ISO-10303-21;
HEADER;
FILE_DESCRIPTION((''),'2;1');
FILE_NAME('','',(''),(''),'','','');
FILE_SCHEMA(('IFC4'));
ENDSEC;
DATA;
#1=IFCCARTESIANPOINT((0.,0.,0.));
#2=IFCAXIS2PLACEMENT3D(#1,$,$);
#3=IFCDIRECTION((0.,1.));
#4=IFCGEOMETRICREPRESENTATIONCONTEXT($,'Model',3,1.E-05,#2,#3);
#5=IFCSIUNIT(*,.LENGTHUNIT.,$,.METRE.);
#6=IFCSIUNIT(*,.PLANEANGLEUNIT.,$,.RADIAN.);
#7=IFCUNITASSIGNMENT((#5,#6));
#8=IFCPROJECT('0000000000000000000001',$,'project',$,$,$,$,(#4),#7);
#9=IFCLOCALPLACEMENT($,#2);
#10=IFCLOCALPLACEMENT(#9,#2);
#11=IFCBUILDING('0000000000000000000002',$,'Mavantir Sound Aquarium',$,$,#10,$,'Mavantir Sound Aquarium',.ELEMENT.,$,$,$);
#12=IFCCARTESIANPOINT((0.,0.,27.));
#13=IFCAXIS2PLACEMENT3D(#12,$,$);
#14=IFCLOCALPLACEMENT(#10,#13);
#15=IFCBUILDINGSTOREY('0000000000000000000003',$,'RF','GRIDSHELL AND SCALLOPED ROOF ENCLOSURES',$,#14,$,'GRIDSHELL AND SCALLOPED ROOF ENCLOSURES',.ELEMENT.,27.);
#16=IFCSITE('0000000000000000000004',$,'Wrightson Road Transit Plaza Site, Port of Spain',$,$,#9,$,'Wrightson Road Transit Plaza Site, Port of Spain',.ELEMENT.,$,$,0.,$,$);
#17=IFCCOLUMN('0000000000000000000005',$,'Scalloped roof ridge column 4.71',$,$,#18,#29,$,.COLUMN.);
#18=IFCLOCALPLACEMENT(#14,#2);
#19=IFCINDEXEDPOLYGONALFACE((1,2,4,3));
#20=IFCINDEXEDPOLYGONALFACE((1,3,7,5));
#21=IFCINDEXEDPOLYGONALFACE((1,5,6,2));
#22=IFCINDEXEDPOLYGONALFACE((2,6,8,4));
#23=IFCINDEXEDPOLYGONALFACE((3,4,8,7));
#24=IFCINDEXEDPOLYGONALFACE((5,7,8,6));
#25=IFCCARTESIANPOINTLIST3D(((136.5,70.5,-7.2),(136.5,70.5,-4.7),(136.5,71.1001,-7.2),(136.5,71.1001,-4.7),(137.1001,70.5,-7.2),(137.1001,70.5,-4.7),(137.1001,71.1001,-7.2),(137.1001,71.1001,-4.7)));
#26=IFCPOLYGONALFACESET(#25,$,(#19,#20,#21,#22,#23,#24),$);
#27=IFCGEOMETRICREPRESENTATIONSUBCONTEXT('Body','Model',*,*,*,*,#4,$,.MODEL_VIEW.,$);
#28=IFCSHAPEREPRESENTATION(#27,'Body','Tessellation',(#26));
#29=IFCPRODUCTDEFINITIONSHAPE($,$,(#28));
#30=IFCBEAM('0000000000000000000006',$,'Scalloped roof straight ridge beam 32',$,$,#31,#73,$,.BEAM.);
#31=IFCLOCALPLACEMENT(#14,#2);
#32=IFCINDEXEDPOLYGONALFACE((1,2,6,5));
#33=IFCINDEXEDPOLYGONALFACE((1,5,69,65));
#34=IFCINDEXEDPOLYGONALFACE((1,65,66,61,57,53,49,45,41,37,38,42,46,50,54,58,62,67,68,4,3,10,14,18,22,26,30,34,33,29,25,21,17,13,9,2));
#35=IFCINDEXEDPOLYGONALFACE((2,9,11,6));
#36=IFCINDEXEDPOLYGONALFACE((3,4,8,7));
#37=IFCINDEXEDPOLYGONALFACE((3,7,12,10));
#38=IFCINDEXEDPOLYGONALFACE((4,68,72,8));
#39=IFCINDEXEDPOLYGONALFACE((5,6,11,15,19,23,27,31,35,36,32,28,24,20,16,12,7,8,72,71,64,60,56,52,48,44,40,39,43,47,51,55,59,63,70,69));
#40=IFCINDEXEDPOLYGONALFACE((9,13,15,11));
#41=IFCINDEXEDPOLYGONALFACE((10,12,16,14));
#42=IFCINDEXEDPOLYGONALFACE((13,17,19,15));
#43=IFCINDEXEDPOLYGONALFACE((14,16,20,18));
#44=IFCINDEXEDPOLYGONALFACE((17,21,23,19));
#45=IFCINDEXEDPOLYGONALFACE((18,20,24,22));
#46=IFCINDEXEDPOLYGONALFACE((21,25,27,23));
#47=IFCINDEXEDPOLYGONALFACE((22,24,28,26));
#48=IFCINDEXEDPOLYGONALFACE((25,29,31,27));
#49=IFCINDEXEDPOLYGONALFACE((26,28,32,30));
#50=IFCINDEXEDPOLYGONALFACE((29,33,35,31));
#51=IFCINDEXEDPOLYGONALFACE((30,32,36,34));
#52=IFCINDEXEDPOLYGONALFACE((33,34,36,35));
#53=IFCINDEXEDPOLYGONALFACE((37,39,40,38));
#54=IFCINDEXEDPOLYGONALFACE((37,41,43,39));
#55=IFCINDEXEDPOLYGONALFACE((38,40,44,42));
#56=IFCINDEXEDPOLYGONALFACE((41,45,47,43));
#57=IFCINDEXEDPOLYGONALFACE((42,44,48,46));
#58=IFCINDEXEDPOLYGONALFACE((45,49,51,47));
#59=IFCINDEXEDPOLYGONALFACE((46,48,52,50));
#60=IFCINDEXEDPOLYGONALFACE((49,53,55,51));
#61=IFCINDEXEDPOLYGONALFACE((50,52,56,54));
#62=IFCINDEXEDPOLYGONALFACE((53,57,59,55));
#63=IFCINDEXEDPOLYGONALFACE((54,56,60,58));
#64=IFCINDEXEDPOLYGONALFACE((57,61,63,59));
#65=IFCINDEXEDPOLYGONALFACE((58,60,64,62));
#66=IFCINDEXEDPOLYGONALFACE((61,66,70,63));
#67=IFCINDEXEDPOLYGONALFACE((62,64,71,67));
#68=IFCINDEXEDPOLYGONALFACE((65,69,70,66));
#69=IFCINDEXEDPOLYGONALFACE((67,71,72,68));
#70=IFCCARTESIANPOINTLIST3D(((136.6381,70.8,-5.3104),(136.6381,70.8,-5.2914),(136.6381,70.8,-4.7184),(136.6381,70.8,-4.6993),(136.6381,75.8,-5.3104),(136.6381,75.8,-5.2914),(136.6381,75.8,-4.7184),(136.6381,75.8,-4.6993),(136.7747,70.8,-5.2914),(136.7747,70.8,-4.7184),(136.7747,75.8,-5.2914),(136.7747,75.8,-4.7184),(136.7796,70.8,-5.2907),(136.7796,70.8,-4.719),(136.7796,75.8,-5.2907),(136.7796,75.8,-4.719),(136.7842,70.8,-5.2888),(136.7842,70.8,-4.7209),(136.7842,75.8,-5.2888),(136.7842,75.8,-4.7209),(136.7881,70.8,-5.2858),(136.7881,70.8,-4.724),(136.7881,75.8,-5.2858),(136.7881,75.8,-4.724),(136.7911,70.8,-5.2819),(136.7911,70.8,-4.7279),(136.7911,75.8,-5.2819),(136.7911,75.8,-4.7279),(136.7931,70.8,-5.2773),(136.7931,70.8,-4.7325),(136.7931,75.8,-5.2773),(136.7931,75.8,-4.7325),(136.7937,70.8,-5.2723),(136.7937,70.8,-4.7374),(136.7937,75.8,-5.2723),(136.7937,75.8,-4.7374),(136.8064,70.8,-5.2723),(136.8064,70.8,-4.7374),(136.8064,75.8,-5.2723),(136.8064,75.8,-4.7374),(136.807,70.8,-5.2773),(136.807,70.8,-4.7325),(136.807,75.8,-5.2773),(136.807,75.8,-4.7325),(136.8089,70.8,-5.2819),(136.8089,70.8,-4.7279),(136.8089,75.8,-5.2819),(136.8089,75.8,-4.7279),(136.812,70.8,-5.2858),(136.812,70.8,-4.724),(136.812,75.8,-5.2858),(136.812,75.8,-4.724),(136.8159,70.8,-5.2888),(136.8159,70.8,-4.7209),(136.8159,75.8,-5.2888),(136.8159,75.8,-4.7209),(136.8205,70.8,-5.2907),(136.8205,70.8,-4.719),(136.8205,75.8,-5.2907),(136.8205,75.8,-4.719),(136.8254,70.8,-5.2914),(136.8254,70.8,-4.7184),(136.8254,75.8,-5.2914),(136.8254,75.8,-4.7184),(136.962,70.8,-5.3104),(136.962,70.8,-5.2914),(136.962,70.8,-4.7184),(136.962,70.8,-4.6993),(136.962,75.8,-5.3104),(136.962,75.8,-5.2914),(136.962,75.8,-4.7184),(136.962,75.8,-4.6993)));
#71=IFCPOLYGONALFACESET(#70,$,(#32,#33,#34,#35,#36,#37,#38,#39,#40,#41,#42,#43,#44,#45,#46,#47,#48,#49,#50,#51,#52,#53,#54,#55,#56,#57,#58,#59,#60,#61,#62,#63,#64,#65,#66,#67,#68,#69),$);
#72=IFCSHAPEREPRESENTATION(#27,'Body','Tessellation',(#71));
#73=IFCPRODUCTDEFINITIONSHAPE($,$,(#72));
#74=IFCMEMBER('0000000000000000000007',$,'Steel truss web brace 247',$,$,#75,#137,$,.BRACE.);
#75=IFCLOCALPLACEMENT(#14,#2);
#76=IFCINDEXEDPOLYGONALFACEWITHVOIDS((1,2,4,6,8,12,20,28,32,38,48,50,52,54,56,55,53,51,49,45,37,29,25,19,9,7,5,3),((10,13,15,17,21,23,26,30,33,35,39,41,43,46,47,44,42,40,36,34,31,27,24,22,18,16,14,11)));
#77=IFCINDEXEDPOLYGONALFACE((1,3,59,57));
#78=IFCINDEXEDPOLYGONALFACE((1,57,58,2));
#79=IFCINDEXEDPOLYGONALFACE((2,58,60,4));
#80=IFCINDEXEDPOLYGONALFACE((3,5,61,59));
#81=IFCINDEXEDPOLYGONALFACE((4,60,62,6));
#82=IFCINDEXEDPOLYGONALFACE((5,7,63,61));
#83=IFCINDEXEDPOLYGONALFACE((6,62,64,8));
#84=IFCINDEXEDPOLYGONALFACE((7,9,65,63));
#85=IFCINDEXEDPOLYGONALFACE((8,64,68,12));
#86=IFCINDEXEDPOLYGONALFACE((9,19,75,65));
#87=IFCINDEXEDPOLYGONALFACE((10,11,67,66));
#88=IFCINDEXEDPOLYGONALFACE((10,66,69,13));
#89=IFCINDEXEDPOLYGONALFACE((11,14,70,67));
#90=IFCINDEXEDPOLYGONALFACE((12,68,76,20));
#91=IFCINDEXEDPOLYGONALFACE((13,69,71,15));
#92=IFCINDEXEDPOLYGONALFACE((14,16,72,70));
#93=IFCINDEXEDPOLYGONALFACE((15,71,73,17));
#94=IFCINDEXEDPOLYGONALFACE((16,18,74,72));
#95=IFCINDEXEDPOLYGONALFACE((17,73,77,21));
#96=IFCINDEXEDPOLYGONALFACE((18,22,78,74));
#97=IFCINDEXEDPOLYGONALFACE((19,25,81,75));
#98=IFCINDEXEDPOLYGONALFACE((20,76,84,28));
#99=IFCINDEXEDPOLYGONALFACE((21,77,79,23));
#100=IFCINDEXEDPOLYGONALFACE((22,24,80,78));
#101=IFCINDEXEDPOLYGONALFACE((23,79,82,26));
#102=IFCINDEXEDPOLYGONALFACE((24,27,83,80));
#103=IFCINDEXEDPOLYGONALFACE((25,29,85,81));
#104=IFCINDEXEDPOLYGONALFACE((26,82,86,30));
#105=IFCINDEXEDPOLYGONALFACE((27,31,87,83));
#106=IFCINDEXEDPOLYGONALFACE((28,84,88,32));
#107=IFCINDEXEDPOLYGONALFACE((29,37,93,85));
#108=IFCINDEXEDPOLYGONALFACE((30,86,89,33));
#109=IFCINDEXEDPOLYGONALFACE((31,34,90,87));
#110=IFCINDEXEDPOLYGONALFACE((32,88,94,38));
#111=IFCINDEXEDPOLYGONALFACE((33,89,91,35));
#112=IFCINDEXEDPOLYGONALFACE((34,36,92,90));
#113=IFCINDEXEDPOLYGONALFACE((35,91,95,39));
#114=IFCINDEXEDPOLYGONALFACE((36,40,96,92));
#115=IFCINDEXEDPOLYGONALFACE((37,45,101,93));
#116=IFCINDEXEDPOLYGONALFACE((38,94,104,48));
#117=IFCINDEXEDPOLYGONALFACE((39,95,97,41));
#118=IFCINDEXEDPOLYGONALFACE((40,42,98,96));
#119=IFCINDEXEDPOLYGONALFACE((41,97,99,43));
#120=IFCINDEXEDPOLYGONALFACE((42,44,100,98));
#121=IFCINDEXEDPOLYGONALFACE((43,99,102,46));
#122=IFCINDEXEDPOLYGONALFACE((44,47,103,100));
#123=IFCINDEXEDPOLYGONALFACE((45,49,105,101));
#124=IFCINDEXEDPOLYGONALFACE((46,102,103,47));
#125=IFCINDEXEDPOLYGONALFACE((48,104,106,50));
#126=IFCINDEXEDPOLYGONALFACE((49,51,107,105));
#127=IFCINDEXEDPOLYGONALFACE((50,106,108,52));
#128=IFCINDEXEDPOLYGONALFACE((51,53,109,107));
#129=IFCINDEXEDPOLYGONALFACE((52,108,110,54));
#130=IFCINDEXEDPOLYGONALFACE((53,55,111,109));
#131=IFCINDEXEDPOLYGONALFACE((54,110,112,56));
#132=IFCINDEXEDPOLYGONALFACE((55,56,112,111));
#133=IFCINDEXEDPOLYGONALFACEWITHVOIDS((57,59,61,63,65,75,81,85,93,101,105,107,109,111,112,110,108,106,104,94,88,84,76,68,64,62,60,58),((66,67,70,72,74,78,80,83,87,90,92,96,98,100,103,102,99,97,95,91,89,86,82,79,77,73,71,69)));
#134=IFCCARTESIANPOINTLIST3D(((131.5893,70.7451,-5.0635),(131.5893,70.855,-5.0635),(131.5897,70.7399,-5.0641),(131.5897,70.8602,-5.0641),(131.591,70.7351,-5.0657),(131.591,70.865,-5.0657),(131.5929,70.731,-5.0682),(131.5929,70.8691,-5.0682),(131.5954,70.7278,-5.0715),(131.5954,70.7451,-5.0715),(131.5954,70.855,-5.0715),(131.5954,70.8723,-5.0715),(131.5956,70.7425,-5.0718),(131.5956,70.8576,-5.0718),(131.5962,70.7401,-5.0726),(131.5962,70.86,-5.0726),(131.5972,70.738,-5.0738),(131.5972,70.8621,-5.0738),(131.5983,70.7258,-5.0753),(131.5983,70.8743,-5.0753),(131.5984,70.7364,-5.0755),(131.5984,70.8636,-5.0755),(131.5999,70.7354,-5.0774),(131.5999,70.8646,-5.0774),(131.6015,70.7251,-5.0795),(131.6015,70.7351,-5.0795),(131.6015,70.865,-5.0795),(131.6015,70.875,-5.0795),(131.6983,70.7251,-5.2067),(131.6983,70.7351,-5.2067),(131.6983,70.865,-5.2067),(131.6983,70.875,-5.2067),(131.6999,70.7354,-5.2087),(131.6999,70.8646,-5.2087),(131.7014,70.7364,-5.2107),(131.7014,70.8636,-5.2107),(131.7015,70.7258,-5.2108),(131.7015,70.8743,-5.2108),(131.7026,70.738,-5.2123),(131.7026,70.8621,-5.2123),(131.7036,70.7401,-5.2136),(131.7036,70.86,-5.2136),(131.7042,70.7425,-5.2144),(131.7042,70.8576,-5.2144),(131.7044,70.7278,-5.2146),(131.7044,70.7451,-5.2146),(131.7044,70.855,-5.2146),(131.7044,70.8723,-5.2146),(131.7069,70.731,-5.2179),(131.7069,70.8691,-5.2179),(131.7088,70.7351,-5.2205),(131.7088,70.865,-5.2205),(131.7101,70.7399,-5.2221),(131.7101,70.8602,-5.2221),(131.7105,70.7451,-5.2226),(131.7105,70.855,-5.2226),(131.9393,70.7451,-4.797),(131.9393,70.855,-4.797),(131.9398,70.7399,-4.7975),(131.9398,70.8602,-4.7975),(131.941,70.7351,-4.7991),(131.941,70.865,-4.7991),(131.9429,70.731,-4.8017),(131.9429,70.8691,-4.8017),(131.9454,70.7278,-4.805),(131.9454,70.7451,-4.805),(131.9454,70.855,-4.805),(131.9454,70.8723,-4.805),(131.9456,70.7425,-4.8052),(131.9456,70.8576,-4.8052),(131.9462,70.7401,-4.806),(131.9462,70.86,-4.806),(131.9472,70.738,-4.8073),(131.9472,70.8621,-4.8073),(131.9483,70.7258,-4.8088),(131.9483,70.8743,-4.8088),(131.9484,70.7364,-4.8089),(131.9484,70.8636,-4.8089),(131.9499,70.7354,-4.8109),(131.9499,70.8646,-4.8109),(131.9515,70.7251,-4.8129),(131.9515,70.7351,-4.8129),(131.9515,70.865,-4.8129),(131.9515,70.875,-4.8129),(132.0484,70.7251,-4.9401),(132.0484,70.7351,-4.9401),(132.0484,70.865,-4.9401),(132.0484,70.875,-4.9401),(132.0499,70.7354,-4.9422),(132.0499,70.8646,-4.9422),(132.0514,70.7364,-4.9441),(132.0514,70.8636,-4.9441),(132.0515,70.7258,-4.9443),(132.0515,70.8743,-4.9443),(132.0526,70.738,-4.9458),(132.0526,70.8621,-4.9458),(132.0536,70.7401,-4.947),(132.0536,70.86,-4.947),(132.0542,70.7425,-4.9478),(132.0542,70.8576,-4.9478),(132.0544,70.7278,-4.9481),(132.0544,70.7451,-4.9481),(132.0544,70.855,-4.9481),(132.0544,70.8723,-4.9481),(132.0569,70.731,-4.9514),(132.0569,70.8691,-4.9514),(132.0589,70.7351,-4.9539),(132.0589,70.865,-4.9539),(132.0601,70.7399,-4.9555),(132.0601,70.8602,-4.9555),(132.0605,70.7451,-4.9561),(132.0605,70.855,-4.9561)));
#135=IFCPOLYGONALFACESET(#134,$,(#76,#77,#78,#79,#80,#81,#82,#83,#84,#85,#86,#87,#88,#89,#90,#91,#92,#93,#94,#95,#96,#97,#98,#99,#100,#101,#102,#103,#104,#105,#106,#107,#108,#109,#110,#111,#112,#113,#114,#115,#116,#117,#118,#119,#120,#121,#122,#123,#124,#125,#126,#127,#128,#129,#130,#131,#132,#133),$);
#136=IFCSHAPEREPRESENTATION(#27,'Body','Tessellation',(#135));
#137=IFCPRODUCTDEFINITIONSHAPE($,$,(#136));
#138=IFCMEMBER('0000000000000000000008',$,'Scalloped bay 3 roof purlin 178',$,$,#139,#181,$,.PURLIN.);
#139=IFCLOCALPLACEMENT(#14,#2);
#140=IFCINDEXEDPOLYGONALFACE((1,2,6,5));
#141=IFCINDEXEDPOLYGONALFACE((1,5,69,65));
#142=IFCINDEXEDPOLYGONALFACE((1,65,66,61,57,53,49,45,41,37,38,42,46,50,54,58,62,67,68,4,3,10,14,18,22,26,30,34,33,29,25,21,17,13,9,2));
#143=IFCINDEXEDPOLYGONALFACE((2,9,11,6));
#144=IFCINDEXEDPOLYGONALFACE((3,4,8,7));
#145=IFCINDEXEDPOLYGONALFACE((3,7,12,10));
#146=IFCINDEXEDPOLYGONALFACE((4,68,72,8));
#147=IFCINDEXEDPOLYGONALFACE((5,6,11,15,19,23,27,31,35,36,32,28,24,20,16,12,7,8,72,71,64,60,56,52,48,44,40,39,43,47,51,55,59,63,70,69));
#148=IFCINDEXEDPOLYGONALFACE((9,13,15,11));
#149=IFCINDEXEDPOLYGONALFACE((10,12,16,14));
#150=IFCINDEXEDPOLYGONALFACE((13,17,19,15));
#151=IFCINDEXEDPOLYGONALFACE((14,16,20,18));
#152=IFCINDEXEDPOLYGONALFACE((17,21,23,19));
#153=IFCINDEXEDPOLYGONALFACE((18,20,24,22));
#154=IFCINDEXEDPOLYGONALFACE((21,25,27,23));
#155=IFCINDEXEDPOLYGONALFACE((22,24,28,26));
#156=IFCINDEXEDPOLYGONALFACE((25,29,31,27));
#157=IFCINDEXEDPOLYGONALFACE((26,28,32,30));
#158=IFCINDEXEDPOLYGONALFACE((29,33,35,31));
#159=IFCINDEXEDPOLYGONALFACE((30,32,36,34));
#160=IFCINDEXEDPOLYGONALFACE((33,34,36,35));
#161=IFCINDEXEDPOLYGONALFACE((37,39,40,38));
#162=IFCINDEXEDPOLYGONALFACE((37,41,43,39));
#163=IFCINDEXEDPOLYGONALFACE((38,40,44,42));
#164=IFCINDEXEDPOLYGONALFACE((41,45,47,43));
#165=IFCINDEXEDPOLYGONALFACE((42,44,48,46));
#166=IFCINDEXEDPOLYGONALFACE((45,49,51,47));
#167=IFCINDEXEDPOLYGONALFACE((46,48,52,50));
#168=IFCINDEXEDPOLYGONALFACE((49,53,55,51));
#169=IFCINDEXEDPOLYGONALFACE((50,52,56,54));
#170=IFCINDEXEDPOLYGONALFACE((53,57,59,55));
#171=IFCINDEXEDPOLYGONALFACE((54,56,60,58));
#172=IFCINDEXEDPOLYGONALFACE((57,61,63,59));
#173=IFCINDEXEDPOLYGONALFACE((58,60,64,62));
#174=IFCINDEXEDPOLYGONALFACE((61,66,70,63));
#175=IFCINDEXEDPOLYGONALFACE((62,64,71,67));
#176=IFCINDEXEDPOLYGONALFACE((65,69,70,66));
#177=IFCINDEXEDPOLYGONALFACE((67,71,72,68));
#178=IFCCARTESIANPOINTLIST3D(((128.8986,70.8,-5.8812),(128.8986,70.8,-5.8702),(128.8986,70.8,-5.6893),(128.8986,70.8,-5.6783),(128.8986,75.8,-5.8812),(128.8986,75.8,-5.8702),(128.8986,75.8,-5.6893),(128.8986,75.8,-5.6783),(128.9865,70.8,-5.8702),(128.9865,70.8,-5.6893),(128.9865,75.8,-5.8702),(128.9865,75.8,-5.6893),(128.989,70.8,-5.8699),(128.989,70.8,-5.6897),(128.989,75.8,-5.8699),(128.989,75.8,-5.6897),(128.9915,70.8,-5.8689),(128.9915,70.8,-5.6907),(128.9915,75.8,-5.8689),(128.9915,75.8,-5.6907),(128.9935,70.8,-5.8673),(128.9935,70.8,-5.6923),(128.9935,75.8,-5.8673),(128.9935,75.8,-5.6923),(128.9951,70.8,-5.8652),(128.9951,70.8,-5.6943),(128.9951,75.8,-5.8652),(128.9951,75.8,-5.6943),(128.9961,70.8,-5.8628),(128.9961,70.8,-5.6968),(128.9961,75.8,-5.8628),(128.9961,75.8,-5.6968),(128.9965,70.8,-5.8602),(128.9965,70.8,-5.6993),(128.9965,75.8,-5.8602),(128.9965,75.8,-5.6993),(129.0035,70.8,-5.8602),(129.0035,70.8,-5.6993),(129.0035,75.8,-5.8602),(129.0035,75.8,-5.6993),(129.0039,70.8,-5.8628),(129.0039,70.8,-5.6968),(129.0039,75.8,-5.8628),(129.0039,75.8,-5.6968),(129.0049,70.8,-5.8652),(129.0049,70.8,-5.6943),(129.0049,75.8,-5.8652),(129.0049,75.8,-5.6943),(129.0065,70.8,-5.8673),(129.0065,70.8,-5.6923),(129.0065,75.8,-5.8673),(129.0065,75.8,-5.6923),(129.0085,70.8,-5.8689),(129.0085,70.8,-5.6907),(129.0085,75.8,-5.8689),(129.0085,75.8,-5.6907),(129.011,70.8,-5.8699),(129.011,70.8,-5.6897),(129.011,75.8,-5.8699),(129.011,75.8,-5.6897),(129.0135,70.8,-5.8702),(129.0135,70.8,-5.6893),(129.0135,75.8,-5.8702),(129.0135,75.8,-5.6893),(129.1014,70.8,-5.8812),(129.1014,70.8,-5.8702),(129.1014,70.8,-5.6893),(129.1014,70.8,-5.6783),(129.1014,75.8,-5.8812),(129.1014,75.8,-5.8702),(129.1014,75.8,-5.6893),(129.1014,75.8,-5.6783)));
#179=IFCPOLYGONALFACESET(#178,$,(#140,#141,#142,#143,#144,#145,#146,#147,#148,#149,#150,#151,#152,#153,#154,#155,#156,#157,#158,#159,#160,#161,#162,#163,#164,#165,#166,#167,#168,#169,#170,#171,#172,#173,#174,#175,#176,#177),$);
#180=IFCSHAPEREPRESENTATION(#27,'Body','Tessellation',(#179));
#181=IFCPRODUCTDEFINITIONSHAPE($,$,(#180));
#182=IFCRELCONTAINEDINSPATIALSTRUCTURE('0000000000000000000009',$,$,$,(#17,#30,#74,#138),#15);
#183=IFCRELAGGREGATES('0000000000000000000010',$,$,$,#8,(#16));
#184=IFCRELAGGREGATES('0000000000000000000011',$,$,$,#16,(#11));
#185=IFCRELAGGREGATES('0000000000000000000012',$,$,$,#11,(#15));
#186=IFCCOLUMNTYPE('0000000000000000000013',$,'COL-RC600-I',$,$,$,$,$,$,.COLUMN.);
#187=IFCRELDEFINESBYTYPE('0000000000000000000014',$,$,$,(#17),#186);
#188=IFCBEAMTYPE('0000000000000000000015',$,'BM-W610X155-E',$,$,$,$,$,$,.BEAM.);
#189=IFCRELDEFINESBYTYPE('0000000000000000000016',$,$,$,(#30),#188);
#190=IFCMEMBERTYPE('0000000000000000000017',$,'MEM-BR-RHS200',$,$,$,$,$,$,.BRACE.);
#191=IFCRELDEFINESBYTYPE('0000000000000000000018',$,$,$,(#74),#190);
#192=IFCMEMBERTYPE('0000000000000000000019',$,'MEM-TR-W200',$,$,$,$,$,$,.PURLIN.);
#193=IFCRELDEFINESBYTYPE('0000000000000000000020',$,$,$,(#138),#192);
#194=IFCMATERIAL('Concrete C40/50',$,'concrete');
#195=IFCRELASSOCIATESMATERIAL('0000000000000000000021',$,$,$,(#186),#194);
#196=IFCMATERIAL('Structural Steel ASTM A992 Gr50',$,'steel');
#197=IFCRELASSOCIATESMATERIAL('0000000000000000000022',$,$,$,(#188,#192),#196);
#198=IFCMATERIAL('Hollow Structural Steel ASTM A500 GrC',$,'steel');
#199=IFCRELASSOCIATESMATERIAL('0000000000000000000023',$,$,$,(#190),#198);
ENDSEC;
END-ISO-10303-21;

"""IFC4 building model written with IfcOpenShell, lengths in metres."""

from ifc_helpers import new_model, si_unit, direction, frame, origin, origin_2d, place, context, subcontext, project, spatial, rectangle, hollow_rectangle, i_section, extrude, material, material_profile, profile_set, type_object, element, save


model = new_model("IFC4")

# Units and contexts
model_context = context("Model", 3, precision=1e-05, world=origin(), true_north=direction((0.0, 1.0)))
body_context = subcontext(model_context, "Body", "Model", "MODEL_VIEW")
ifc_project = project(units=[si_unit("LENGTHUNIT", "METRE"), si_unit("PLANEANGLEUNIT", "RADIAN")], contexts=[model_context])

# Site, building, storey
site_placement = place(None, origin())
site = spatial("IfcSite", under=ifc_project, at=site_placement, Name="Wrightson Road Transit Plaza Site, Port of Spain", LongName="Wrightson Road Transit Plaza Site, Port of Spain", CompositionType="ELEMENT", RefElevation=0.0)
building_placement = place(site_placement, origin())
building = spatial("IfcBuilding", under=site, at=building_placement, Name="Mavantir Sound Aquarium", LongName="Mavantir Sound Aquarium", CompositionType="ELEMENT")
storey_placement = place(building_placement, frame((0.0, 0.0, 27.0)))
storey = spatial("IfcBuildingStorey", under=building, at=storey_placement, Name="RF", Description="GRIDSHELL AND SCALLOPED ROOF ENCLOSURES", LongName="GRIDSHELL AND SCALLOPED ROOF ENCLOSURES", CompositionType="ELEMENT", Elevation=27.0)

# Column
ifc_material_1 = material(Name="Concrete C40/50", Category="concrete")
ifc_material_profile_1 = material_profile(ifc_material_1, rectangle(XDim=0.6001, YDim=0.6001, at=origin_2d()), Name="RC 600X600")
ifc_profile_set_1 = profile_set([ifc_material_profile_1], Name="Concrete C40/50")
column_type = type_object("IfcColumnType", Name="COL-RC600-I", PredefinedType="COLUMN", material=ifc_profile_set_1)
column_placement = place(storey_placement, frame((136.8, 70.8, -7.2), z_axis=(0.0, 0.0, 1.0), x_axis=(1.0, 0.0, 0.0)))
element("IfcColumn", 1, at=column_placement, inside=storey, type_object=column_type, Name="Scalloped roof ridge column 4.71", PredefinedType="COLUMN", context=body_context, shape_type="SweptSolid", body=[
    extrude(rectangle(XDim=0.6001, YDim=0.6001, at=origin_2d()), origin(), (0.0, 0.0, 1.0), 2.5),
])

# Beam
ifc_material_2 = material(Name="Structural Steel ASTM A992 Gr50", Category="steel")
ifc_material_profile_2 = material_profile(ifc_material_2, i_section(OverallWidth=0.324, OverallDepth=0.6111, WebThickness=0.0127, FlangeThickness=0.019, FilletRadius=0.019, at=origin_2d()), Name="W610X155")
ifc_profile_set_2 = profile_set([ifc_material_profile_2], Name="Structural Steel ASTM A992 Gr50")
beam_type = type_object("IfcBeamType", Name="BM-W610X155-E", PredefinedType="BEAM", material=ifc_profile_set_2)
beam_placement = place(storey_placement, frame((136.8, 70.8, -5.0049), z_axis=(0.0, 1.0, 0.0), x_axis=(-1.0, 0.0, 0.0)))
element("IfcBeam", 2, at=beam_placement, inside=storey, type_object=beam_type, Name="Scalloped roof straight ridge beam 32", PredefinedType="BEAM", context=body_context, shape_type="SweptSolid", body=[
    extrude(i_section(OverallWidth=0.324, OverallDepth=0.6111, WebThickness=0.0127, FlangeThickness=0.019, FilletRadius=0.019, at=origin_2d()), origin(), (0.0, 0.0, 1.0), 5.0),
])

# Members
ifc_material_3 = material(Name="Hollow Structural Steel ASTM A500 GrC", Category="steel")
ifc_material_profile_3 = material_profile(ifc_material_3, hollow_rectangle(XDim=0.1499, YDim=0.2, WallThickness=0.01, InnerFilletRadius=0.01, OuterFilletRadius=0.02, at=origin_2d()), Name="RHS 200X150X10")
ifc_profile_set_3 = profile_set([ifc_material_profile_3], Name="Hollow Structural Steel ASTM A500 GrC")
member_type_1 = type_object("IfcMemberType", Name="MEM-BR-RHS200", PredefinedType="BRACE", material=ifc_profile_set_3)
member_1_placement = place(storey_placement, frame((131.6499, 70.8, -5.1431), z_axis=(0.795585, 0.0, 0.605843), x_axis=(0.0, 1.0, 0.0)))
element("IfcMember", 3, at=member_1_placement, inside=storey, type_object=member_type_1, Name="Steel truss web brace 247", PredefinedType="BRACE", context=body_context, shape_type="SweptSolid", body=[
    extrude(hollow_rectangle(XDim=0.1499, YDim=0.2, WallThickness=0.01, InnerFilletRadius=0.01, OuterFilletRadius=0.02, at=origin_2d()), origin(), (0.0, 0.0, 1.0), 0.4399),
])
ifc_material_profile_4 = material_profile(ifc_material_2, i_section(OverallWidth=0.2029, OverallDepth=0.2029, WebThickness=0.0071, FlangeThickness=0.011, FilletRadius=0.01, at=origin_2d()), Name="W200X46")
ifc_profile_set_4 = profile_set([ifc_material_profile_4], Name="Structural Steel ASTM A992 Gr50")
member_type_2 = type_object("IfcMemberType", Name="MEM-TR-W200", PredefinedType="PURLIN", material=ifc_profile_set_4)
for number, where, z_axis, x_axis, name in (
    (4, (129.0, 70.8, -5.7798), (0.0, 1.0, 0.0), (-1.0, 0.0, 0.0), "Scalloped bay 3 roof purlin 178"),
):
    element("IfcMember", number, at=place(storey_placement, frame(where, z_axis=z_axis, x_axis=x_axis)), inside=storey, type_object=member_type_2, Name=name, PredefinedType="PURLIN", context=body_context, shape_type="SweptSolid", body=[
        extrude(i_section(OverallWidth=0.2029, OverallDepth=0.2029, WebThickness=0.0071, FlangeThickness=0.011, FilletRadius=0.01, at=origin_2d()), origin(), (0.0, 0.0, 1.0), 5.0),
    ])

save(model, "model.ifc")
